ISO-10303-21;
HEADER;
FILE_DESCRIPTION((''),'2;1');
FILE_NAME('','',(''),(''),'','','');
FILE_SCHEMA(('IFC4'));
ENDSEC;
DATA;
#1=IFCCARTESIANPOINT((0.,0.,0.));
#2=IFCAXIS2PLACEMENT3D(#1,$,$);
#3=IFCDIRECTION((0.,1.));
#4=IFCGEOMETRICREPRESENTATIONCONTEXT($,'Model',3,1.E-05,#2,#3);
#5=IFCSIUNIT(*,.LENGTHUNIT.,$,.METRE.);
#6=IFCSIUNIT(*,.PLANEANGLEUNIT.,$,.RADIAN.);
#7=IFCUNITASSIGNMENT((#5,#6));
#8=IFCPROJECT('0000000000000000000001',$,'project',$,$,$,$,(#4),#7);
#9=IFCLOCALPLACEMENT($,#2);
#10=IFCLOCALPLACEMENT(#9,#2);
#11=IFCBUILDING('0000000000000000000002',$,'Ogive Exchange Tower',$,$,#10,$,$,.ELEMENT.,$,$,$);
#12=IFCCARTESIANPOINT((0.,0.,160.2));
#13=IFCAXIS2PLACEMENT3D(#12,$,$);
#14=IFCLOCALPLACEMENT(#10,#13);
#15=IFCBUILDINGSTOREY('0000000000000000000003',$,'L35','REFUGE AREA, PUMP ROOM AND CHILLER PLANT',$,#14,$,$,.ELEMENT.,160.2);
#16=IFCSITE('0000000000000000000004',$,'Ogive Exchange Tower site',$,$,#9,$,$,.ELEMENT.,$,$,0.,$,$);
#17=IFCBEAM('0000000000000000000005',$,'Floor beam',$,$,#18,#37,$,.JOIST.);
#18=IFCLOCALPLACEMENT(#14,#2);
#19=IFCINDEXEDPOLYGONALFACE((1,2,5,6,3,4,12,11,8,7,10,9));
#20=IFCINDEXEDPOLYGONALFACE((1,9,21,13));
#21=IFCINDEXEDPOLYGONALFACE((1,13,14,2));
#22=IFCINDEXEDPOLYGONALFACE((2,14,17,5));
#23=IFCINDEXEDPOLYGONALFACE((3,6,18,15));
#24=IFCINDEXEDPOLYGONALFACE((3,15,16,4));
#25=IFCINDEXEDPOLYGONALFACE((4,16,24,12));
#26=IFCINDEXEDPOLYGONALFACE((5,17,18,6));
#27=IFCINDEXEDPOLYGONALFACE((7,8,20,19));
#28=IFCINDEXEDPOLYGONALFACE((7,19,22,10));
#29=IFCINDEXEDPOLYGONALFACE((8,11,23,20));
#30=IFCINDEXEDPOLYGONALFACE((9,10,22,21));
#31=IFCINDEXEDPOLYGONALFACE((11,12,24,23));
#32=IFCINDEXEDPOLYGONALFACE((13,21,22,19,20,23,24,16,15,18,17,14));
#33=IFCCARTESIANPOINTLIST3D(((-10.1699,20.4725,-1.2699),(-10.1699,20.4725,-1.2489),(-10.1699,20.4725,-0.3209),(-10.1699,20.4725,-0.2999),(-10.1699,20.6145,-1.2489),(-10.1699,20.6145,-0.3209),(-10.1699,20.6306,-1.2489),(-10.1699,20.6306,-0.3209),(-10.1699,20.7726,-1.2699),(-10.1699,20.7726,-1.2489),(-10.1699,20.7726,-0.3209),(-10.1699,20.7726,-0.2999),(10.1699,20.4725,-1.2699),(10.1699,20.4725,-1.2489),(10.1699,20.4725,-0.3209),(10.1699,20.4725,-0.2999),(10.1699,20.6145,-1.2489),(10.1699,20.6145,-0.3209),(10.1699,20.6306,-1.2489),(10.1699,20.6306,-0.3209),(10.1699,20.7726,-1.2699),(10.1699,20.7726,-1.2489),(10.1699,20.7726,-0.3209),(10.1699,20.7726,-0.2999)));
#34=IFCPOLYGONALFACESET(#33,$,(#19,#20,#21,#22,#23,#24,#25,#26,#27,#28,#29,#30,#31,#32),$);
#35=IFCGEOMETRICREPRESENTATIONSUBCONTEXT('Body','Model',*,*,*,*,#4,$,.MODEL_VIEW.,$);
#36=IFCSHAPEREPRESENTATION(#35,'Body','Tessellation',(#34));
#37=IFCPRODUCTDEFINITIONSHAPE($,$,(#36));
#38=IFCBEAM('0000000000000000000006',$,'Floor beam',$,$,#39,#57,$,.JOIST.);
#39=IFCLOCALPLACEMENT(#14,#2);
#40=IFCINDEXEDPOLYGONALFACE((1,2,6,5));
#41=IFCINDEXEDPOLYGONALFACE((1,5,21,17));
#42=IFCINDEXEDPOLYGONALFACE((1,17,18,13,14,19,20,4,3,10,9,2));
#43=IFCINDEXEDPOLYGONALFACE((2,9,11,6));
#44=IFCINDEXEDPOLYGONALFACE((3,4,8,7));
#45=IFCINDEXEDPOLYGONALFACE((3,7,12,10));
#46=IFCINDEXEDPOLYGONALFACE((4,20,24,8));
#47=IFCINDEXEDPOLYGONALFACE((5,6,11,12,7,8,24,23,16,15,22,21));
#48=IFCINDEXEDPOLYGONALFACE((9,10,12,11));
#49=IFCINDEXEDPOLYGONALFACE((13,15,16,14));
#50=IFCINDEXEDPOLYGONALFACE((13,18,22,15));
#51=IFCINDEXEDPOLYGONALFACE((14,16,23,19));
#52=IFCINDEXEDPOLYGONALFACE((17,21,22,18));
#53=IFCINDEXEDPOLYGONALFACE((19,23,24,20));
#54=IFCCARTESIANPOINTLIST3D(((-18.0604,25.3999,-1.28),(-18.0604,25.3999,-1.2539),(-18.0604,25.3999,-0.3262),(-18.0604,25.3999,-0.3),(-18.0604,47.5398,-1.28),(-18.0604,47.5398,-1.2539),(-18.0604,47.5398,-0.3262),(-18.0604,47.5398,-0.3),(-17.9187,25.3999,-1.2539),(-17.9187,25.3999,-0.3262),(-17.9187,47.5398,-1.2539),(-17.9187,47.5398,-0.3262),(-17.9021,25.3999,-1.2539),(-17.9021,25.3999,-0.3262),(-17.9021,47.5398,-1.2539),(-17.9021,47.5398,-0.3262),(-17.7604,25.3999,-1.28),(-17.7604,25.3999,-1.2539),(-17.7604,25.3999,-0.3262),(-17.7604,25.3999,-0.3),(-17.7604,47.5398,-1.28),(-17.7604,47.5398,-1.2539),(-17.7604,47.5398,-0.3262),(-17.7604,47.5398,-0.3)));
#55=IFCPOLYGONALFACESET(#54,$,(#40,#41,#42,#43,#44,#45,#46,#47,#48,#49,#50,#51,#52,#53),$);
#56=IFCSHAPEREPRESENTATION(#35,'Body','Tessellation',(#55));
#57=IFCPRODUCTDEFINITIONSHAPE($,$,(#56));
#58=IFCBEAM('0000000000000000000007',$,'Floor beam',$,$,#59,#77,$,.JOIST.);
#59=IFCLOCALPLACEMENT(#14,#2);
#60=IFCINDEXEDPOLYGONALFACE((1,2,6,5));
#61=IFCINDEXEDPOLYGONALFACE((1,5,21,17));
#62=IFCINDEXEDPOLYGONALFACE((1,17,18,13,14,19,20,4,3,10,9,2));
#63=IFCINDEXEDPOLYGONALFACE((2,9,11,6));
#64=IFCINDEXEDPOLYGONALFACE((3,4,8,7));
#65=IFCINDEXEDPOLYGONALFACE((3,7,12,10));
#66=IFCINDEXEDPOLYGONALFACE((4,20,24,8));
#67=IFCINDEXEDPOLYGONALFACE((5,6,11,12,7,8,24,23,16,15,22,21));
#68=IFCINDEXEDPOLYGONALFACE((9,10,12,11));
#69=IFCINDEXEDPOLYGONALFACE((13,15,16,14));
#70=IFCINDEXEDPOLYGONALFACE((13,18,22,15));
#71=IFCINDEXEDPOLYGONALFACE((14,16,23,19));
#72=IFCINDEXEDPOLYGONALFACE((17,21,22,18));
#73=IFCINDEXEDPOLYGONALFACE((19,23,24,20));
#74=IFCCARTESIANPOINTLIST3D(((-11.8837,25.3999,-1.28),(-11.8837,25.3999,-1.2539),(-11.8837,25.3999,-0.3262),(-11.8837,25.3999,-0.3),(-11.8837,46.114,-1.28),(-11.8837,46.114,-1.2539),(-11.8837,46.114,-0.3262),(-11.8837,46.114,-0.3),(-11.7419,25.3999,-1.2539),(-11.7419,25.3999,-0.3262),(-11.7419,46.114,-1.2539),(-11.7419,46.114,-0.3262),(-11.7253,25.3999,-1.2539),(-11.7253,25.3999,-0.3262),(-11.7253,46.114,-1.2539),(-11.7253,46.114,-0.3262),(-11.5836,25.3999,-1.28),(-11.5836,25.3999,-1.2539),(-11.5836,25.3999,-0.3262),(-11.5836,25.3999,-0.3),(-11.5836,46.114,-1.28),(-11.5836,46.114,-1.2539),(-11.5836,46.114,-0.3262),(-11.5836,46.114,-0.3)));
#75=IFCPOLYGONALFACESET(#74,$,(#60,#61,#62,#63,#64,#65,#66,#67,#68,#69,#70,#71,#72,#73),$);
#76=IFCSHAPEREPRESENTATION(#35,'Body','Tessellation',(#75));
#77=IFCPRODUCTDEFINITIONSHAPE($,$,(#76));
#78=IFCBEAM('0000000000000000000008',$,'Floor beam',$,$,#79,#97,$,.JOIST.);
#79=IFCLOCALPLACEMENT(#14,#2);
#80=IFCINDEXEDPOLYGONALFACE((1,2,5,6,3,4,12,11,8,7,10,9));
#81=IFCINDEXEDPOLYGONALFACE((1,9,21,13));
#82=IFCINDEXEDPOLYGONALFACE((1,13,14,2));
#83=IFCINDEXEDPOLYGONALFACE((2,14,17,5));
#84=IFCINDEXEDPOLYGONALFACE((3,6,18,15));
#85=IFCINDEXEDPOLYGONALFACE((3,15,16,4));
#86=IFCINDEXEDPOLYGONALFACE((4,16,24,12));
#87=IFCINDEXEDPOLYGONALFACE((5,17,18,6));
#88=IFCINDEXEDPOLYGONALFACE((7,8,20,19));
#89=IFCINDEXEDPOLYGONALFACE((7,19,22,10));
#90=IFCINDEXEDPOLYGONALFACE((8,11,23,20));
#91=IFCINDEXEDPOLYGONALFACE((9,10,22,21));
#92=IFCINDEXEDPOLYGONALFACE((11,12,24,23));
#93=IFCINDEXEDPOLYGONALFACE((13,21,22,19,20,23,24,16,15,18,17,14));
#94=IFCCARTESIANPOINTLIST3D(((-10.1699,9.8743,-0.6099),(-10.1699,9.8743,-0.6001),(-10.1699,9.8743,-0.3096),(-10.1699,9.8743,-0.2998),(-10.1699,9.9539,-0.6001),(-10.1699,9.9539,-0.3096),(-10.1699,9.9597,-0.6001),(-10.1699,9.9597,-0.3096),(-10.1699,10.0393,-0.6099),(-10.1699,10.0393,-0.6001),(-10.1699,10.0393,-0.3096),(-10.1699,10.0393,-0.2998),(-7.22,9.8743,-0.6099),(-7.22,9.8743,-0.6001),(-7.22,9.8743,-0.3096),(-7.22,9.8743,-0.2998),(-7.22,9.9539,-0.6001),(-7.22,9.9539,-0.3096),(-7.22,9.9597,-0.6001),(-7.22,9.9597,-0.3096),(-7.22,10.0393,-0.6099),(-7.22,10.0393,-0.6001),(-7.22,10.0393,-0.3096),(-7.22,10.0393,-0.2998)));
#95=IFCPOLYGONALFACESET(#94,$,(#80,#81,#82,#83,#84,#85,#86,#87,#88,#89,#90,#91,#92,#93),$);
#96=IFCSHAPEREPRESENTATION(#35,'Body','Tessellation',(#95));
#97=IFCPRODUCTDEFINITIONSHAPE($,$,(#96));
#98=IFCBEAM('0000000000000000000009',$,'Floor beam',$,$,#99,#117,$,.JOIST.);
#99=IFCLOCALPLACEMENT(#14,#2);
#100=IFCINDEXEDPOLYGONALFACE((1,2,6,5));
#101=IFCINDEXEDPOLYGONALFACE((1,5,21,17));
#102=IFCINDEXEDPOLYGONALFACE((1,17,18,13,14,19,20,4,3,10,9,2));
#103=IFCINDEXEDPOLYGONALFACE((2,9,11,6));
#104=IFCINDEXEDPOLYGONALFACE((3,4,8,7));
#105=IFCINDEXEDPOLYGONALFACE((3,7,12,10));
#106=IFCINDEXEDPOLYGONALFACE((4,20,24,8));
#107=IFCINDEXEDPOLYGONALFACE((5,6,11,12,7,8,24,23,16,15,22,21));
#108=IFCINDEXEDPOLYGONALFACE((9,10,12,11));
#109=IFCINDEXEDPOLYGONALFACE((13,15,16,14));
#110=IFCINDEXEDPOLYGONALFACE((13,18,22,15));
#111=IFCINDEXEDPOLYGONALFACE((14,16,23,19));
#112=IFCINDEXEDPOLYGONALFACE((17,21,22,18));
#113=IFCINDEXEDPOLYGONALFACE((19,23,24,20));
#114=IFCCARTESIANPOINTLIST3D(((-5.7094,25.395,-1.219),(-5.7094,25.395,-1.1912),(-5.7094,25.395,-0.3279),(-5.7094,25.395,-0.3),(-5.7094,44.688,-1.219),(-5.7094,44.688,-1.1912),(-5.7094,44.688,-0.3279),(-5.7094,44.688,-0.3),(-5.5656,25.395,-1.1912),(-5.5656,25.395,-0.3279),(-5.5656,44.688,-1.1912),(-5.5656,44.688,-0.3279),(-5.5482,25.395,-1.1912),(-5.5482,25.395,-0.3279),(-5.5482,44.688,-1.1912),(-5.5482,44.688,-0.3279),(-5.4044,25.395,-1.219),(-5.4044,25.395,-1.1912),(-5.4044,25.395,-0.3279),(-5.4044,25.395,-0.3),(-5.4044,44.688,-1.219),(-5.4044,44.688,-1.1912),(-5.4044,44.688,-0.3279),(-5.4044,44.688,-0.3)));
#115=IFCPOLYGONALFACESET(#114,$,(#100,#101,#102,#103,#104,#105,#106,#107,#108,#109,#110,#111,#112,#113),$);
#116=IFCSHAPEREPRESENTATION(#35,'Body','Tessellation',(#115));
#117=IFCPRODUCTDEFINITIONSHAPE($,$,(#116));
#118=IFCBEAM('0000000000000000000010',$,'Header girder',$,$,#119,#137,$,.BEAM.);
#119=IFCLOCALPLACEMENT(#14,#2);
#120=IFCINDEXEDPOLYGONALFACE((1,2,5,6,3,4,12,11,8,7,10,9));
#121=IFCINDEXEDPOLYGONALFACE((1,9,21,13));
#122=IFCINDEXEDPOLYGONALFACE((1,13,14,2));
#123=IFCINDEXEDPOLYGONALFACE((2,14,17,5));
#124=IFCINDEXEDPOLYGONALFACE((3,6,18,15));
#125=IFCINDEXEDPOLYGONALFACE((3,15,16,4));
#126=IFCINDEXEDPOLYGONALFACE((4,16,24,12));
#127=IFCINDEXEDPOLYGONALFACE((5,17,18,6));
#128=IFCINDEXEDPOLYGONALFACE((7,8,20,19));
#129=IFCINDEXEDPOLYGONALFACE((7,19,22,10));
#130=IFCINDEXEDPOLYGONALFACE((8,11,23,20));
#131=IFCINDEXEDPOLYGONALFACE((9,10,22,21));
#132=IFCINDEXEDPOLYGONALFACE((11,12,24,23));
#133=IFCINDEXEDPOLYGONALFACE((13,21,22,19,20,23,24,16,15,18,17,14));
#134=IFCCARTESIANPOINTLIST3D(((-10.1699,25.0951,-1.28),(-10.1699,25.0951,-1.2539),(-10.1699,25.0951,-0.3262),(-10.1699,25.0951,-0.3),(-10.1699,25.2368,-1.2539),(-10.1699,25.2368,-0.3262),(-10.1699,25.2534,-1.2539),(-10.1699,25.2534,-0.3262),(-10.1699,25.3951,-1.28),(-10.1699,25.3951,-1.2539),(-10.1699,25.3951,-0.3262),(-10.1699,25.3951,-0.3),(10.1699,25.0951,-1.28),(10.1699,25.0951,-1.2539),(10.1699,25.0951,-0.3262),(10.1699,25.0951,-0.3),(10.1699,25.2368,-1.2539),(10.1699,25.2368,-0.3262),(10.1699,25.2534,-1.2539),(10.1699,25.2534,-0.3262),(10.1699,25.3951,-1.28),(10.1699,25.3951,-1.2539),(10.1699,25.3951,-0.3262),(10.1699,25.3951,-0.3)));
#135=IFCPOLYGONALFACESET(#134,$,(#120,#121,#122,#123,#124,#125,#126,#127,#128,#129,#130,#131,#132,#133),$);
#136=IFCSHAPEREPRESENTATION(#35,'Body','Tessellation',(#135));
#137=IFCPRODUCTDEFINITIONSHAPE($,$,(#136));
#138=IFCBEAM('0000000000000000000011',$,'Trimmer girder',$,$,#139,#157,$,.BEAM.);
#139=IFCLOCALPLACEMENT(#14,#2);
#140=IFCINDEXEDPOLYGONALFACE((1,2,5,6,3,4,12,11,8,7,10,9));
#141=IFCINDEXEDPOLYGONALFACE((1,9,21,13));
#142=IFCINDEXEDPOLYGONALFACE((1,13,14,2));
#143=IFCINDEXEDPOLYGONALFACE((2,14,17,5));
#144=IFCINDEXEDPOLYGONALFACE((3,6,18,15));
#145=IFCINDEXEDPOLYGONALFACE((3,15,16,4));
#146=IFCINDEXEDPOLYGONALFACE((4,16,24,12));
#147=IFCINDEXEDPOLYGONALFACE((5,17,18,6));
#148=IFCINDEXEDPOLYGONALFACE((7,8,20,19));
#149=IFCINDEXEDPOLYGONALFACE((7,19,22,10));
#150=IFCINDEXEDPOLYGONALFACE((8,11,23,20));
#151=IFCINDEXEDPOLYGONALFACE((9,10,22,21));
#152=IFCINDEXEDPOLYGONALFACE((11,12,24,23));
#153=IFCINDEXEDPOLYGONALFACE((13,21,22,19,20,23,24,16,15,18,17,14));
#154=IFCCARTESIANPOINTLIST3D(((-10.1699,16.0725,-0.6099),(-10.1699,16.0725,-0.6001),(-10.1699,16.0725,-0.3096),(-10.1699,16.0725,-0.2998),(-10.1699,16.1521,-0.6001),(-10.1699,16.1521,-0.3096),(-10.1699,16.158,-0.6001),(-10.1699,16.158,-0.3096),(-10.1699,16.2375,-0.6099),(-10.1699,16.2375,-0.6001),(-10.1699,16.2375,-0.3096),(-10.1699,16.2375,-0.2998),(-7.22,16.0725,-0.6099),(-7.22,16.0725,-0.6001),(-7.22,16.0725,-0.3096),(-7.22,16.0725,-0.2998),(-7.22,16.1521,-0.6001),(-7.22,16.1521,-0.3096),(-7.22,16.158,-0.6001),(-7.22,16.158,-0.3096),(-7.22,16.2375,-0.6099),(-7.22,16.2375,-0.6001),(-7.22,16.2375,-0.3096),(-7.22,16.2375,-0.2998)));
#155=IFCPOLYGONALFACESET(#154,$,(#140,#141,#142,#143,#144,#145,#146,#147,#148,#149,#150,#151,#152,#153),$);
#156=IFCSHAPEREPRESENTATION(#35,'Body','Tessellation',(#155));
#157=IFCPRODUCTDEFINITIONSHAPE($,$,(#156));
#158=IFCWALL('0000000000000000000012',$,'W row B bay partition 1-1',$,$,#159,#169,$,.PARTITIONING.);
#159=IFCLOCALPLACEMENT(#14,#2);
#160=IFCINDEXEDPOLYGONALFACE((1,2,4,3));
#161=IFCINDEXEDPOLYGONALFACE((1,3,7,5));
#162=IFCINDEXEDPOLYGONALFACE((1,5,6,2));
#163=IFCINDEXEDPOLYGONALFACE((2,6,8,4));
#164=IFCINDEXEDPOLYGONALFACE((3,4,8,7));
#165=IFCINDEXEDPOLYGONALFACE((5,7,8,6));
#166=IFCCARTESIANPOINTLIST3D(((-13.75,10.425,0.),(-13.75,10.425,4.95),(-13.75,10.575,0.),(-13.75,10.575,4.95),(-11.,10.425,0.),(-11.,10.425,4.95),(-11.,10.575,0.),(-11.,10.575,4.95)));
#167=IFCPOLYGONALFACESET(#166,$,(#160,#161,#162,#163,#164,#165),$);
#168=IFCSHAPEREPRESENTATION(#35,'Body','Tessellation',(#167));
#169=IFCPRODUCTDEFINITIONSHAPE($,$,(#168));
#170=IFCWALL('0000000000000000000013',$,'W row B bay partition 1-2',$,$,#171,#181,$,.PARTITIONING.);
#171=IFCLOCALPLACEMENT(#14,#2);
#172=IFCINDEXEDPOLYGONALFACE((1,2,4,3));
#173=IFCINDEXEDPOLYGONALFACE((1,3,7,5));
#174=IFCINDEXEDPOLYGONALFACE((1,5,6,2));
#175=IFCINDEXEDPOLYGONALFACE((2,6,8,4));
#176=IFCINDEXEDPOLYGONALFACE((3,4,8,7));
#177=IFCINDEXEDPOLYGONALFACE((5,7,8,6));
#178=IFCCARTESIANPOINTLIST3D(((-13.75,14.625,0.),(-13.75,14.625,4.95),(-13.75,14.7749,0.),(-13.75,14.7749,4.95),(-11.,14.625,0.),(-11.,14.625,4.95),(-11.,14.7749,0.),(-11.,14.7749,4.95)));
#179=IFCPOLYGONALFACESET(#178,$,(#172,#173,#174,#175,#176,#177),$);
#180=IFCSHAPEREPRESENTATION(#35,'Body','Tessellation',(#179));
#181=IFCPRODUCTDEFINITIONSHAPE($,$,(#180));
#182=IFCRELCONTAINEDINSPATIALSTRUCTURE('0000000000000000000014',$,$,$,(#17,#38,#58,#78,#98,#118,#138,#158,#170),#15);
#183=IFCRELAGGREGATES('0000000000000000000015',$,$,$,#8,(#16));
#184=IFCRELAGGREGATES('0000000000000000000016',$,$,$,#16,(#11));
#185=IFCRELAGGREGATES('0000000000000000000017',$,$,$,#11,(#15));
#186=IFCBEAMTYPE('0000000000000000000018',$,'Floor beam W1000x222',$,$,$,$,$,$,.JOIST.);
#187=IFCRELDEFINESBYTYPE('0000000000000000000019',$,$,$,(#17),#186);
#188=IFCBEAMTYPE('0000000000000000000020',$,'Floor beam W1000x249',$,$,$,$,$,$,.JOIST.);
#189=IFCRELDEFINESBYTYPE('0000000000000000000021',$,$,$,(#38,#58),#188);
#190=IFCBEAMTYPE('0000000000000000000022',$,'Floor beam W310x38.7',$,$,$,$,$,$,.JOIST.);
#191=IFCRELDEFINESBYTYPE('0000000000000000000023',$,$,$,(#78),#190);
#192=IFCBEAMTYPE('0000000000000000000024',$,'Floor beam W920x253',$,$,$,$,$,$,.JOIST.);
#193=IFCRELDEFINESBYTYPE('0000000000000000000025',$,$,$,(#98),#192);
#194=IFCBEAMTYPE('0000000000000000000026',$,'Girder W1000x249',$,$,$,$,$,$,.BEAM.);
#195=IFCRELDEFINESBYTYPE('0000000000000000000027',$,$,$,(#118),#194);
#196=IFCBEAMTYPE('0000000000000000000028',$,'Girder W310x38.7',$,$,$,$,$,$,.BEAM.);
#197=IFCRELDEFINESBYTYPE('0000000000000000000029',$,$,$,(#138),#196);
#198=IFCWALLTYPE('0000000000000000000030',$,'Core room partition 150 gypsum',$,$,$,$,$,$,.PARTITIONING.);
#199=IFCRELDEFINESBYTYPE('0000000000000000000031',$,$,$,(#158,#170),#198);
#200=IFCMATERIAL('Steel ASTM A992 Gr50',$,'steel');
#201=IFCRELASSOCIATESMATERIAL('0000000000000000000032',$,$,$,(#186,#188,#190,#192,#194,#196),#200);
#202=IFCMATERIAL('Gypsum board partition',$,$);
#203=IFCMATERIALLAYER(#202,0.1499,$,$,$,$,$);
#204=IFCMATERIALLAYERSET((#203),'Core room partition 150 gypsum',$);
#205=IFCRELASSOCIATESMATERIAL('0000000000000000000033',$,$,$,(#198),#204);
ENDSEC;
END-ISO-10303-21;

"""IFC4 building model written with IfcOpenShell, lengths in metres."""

from ifc_helpers import new_model, si_unit, direction, frame, frame_2d, origin, origin_2d, place, context, subcontext, project, spatial, rectangle, i_section, extrude, material, layer, layer_set, material_profile, profile_set, type_object, element, save


model = new_model("IFC4")

# Units and contexts
model_context = context("Model", 3, precision=1e-05, world=origin(), true_north=direction((0.0, 1.0)))
body_context = subcontext(model_context, "Body", "Model", "MODEL_VIEW")
ifc_project = project(units=[si_unit("LENGTHUNIT", "METRE"), si_unit("PLANEANGLEUNIT", "RADIAN")], contexts=[model_context])

# Site, building, storey
site_placement = place(None, origin())
site = spatial("IfcSite", under=ifc_project, at=site_placement, Name="Ogive Exchange Tower site", CompositionType="ELEMENT", RefElevation=0.0)
building_placement = place(site_placement, origin())
building = spatial("IfcBuilding", under=site, at=building_placement, Name="Ogive Exchange Tower", CompositionType="ELEMENT")
storey_placement = place(building_placement, frame((0.0, 0.0, 160.2)))
storey = spatial("IfcBuildingStorey", under=building, at=storey_placement, Name="L35", Description="REFUGE AREA, PUMP ROOM AND CHILLER PLANT", CompositionType="ELEMENT", Elevation=160.2)

# Beams
ifc_material_1 = material(Name="Steel ASTM A992 Gr50", Category="steel")
ifc_material_profile_1 = material_profile(ifc_material_1, i_section(OverallWidth=0.3, OverallDepth=0.97, WebThickness=0.0161, FlangeThickness=0.021, at=origin_2d()), Name="W1000x222")
ifc_profile_set_1 = profile_set([ifc_material_profile_1], Name="Steel ASTM A992 Gr50")
beam_type_1 = type_object("IfcBeamType", Name="Floor beam W1000x222", PredefinedType="JOIST", material=ifc_profile_set_1)
beam_1_placement = place(storey_placement, frame((-10.1699, 20.6226, -0.7849), z_axis=(1.0, 0.0, 0.0), x_axis=(0.0, 1.0, 0.0)))
element("IfcBeam", 1, at=beam_1_placement, inside=storey, type_object=beam_type_1, Name="Floor beam", PredefinedType="JOIST", context=body_context, shape_type="SweptSolid", body=[
    extrude(i_section(OverallWidth=0.3, OverallDepth=0.97, WebThickness=0.0161, FlangeThickness=0.021, at=origin_2d()), origin(), (0.0, 0.0, 1.0), 20.3398),
])
ifc_material_profile_2 = material_profile(ifc_material_1, i_section(OverallWidth=0.3, OverallDepth=0.98, WebThickness=0.0166, FlangeThickness=0.0261, at=origin_2d()), Name="W1000x249")
ifc_profile_set_2 = profile_set([ifc_material_profile_2], Name="Steel ASTM A992 Gr50")
beam_type_2 = type_object("IfcBeamType", Name="Floor beam W1000x249", PredefinedType="JOIST", material=ifc_profile_set_2)
beam_2_placement = place(storey_placement, frame((-17.9104, 25.3999, -0.79), z_axis=(0.0, 1.0, 0.0), x_axis=(-1.0, 0.0, 0.0)))
element("IfcBeam", 2, at=beam_2_placement, inside=storey, type_object=beam_type_2, Name="Floor beam", PredefinedType="JOIST", context=body_context, shape_type="SweptSolid", body=[
    extrude(i_section(OverallWidth=0.3, OverallDepth=0.98, WebThickness=0.0166, FlangeThickness=0.0261, at=origin_2d()), origin(), (0.0, 0.0, 1.0), 22.1399),
])
beam_3_placement = place(storey_placement, frame((-11.7336, 25.3999, -0.79), z_axis=(0.0, 1.0, 0.0), x_axis=(-1.0, 0.0, 0.0)))
element("IfcBeam", 3, at=beam_3_placement, inside=storey, type_object=beam_type_2, Name="Floor beam", PredefinedType="JOIST", context=body_context, shape_type="SweptSolid", body=[
    extrude(i_section(OverallWidth=0.3, OverallDepth=0.98, WebThickness=0.0166, FlangeThickness=0.0261, at=origin_2d()), origin(), (0.0, 0.0, 1.0), 20.7141),
])
ifc_material_profile_3 = material_profile(ifc_material_1, i_section(OverallWidth=0.165, OverallDepth=0.3101, WebThickness=0.0059, FlangeThickness=0.0098, at=origin_2d()), Name="W310x38.7")
ifc_profile_set_3 = profile_set([ifc_material_profile_3], Name="Steel ASTM A992 Gr50")
beam_type_3 = type_object("IfcBeamType", Name="Floor beam W310x38.7", PredefinedType="JOIST", material=ifc_profile_set_3)
beam_4_placement = place(storey_placement, frame((-10.1699, 9.9568, -0.4548), z_axis=(1.0, 0.0, 0.0), x_axis=(0.0, 1.0, 0.0)))
element("IfcBeam", 4, at=beam_4_placement, inside=storey, type_object=beam_type_3, Name="Floor beam", PredefinedType="JOIST", context=body_context, shape_type="SweptSolid", body=[
    extrude(i_section(OverallWidth=0.165, OverallDepth=0.3101, WebThickness=0.0059, FlangeThickness=0.0098, at=origin_2d()), origin(), (0.0, 0.0, 1.0), 2.95),
])
ifc_material_profile_4 = material_profile(ifc_material_1, i_section(OverallWidth=0.3049, OverallDepth=0.9189, WebThickness=0.0173, FlangeThickness=0.0278, at=origin_2d()), Name="W920x253")
ifc_profile_set_4 = profile_set([ifc_material_profile_4], Name="Steel ASTM A992 Gr50")
beam_type_4 = type_object("IfcBeamType", Name="Floor beam W920x253", PredefinedType="JOIST", material=ifc_profile_set_4)
beam_5_placement = place(storey_placement, frame((-5.5569, 25.395, -0.7595), z_axis=(0.0, 1.0, 0.0), x_axis=(-1.0, 0.0, 0.0)))
element("IfcBeam", 5, at=beam_5_placement, inside=storey, type_object=beam_type_4, Name="Floor beam", PredefinedType="JOIST", context=body_context, shape_type="SweptSolid", body=[
    extrude(i_section(OverallWidth=0.3049, OverallDepth=0.9189, WebThickness=0.0173, FlangeThickness=0.0278, at=origin_2d()), origin(), (0.0, 0.0, 1.0), 19.293),
])
ifc_material_profile_5 = material_profile(ifc_material_1, i_section(OverallWidth=0.3, OverallDepth=0.98, WebThickness=0.0166, FlangeThickness=0.0261, at=origin_2d()), Name="W1000x249")
ifc_profile_set_5 = profile_set([ifc_material_profile_5], Name="Steel ASTM A992 Gr50")
beam_type_5 = type_object("IfcBeamType", Name="Girder W1000x249", PredefinedType="BEAM", material=ifc_profile_set_5)
beam_6_placement = place(storey_placement, frame((-10.1699, 25.2451, -0.79), z_axis=(1.0, 0.0, 0.0), x_axis=(0.0, 1.0, 0.0)))
element("IfcBeam", 6, at=beam_6_placement, inside=storey, type_object=beam_type_5, Name="Header girder", PredefinedType="BEAM", context=body_context, shape_type="SweptSolid", body=[
    extrude(i_section(OverallWidth=0.3, OverallDepth=0.98, WebThickness=0.0166, FlangeThickness=0.0261, at=origin_2d()), origin(), (0.0, 0.0, 1.0), 20.3398),
])
ifc_material_profile_6 = material_profile(ifc_material_1, i_section(OverallWidth=0.165, OverallDepth=0.3101, WebThickness=0.0059, FlangeThickness=0.0098, at=origin_2d()), Name="W310x38.7")
ifc_profile_set_6 = profile_set([ifc_material_profile_6], Name="Steel ASTM A992 Gr50")
beam_type_6 = type_object("IfcBeamType", Name="Girder W310x38.7", PredefinedType="BEAM", material=ifc_profile_set_6)
beam_7_placement = place(storey_placement, frame((-10.1699, 16.155, -0.4548), z_axis=(1.0, 0.0, 0.0), x_axis=(0.0, 1.0, 0.0)))
element("IfcBeam", 7, at=beam_7_placement, inside=storey, type_object=beam_type_6, Name="Trimmer girder", PredefinedType="BEAM", context=body_context, shape_type="SweptSolid", body=[
    extrude(i_section(OverallWidth=0.165, OverallDepth=0.3101, WebThickness=0.0059, FlangeThickness=0.0098, at=origin_2d()), origin(), (0.0, 0.0, 1.0), 2.95),
])

# Walls
ifc_material_2 = material(Name="Gypsum board partition")
ifc_layer_1 = layer(ifc_material_2, 0.1499)
ifc_layer_set_1 = layer_set([ifc_layer_1], Name="Core room partition 150 gypsum")
wall_type_1 = type_object("IfcWallType", Name="Core room partition 150 gypsum", PredefinedType="PARTITIONING", material=ifc_layer_set_1)
for number, where, z_axis, x_axis, name in (
    (8, (-13.75, 10.5, 0.0), (0.0, 0.0, 1.0), (1.0, 0.0, 0.0), "W row B bay partition 1-1"),
    (9, (-13.75, 14.7, 0.0), (0.0, 0.0, 1.0), (1.0, 0.0, 0.0), "W row B bay partition 1-2"),
):
    element("IfcWall", number, at=place(storey_placement, frame(where, z_axis=z_axis, x_axis=x_axis)), inside=storey, type_object=wall_type_1, Name=name, PredefinedType="PARTITIONING", context=body_context, shape_type="SweptSolid", body=[
        extrude(rectangle(XDim=2.75, YDim=0.1499, at=frame_2d((1.375, 0.0))), origin(), (0.0, 0.0, 1.0), 4.95),
    ])

save(model, "model.ifc")
